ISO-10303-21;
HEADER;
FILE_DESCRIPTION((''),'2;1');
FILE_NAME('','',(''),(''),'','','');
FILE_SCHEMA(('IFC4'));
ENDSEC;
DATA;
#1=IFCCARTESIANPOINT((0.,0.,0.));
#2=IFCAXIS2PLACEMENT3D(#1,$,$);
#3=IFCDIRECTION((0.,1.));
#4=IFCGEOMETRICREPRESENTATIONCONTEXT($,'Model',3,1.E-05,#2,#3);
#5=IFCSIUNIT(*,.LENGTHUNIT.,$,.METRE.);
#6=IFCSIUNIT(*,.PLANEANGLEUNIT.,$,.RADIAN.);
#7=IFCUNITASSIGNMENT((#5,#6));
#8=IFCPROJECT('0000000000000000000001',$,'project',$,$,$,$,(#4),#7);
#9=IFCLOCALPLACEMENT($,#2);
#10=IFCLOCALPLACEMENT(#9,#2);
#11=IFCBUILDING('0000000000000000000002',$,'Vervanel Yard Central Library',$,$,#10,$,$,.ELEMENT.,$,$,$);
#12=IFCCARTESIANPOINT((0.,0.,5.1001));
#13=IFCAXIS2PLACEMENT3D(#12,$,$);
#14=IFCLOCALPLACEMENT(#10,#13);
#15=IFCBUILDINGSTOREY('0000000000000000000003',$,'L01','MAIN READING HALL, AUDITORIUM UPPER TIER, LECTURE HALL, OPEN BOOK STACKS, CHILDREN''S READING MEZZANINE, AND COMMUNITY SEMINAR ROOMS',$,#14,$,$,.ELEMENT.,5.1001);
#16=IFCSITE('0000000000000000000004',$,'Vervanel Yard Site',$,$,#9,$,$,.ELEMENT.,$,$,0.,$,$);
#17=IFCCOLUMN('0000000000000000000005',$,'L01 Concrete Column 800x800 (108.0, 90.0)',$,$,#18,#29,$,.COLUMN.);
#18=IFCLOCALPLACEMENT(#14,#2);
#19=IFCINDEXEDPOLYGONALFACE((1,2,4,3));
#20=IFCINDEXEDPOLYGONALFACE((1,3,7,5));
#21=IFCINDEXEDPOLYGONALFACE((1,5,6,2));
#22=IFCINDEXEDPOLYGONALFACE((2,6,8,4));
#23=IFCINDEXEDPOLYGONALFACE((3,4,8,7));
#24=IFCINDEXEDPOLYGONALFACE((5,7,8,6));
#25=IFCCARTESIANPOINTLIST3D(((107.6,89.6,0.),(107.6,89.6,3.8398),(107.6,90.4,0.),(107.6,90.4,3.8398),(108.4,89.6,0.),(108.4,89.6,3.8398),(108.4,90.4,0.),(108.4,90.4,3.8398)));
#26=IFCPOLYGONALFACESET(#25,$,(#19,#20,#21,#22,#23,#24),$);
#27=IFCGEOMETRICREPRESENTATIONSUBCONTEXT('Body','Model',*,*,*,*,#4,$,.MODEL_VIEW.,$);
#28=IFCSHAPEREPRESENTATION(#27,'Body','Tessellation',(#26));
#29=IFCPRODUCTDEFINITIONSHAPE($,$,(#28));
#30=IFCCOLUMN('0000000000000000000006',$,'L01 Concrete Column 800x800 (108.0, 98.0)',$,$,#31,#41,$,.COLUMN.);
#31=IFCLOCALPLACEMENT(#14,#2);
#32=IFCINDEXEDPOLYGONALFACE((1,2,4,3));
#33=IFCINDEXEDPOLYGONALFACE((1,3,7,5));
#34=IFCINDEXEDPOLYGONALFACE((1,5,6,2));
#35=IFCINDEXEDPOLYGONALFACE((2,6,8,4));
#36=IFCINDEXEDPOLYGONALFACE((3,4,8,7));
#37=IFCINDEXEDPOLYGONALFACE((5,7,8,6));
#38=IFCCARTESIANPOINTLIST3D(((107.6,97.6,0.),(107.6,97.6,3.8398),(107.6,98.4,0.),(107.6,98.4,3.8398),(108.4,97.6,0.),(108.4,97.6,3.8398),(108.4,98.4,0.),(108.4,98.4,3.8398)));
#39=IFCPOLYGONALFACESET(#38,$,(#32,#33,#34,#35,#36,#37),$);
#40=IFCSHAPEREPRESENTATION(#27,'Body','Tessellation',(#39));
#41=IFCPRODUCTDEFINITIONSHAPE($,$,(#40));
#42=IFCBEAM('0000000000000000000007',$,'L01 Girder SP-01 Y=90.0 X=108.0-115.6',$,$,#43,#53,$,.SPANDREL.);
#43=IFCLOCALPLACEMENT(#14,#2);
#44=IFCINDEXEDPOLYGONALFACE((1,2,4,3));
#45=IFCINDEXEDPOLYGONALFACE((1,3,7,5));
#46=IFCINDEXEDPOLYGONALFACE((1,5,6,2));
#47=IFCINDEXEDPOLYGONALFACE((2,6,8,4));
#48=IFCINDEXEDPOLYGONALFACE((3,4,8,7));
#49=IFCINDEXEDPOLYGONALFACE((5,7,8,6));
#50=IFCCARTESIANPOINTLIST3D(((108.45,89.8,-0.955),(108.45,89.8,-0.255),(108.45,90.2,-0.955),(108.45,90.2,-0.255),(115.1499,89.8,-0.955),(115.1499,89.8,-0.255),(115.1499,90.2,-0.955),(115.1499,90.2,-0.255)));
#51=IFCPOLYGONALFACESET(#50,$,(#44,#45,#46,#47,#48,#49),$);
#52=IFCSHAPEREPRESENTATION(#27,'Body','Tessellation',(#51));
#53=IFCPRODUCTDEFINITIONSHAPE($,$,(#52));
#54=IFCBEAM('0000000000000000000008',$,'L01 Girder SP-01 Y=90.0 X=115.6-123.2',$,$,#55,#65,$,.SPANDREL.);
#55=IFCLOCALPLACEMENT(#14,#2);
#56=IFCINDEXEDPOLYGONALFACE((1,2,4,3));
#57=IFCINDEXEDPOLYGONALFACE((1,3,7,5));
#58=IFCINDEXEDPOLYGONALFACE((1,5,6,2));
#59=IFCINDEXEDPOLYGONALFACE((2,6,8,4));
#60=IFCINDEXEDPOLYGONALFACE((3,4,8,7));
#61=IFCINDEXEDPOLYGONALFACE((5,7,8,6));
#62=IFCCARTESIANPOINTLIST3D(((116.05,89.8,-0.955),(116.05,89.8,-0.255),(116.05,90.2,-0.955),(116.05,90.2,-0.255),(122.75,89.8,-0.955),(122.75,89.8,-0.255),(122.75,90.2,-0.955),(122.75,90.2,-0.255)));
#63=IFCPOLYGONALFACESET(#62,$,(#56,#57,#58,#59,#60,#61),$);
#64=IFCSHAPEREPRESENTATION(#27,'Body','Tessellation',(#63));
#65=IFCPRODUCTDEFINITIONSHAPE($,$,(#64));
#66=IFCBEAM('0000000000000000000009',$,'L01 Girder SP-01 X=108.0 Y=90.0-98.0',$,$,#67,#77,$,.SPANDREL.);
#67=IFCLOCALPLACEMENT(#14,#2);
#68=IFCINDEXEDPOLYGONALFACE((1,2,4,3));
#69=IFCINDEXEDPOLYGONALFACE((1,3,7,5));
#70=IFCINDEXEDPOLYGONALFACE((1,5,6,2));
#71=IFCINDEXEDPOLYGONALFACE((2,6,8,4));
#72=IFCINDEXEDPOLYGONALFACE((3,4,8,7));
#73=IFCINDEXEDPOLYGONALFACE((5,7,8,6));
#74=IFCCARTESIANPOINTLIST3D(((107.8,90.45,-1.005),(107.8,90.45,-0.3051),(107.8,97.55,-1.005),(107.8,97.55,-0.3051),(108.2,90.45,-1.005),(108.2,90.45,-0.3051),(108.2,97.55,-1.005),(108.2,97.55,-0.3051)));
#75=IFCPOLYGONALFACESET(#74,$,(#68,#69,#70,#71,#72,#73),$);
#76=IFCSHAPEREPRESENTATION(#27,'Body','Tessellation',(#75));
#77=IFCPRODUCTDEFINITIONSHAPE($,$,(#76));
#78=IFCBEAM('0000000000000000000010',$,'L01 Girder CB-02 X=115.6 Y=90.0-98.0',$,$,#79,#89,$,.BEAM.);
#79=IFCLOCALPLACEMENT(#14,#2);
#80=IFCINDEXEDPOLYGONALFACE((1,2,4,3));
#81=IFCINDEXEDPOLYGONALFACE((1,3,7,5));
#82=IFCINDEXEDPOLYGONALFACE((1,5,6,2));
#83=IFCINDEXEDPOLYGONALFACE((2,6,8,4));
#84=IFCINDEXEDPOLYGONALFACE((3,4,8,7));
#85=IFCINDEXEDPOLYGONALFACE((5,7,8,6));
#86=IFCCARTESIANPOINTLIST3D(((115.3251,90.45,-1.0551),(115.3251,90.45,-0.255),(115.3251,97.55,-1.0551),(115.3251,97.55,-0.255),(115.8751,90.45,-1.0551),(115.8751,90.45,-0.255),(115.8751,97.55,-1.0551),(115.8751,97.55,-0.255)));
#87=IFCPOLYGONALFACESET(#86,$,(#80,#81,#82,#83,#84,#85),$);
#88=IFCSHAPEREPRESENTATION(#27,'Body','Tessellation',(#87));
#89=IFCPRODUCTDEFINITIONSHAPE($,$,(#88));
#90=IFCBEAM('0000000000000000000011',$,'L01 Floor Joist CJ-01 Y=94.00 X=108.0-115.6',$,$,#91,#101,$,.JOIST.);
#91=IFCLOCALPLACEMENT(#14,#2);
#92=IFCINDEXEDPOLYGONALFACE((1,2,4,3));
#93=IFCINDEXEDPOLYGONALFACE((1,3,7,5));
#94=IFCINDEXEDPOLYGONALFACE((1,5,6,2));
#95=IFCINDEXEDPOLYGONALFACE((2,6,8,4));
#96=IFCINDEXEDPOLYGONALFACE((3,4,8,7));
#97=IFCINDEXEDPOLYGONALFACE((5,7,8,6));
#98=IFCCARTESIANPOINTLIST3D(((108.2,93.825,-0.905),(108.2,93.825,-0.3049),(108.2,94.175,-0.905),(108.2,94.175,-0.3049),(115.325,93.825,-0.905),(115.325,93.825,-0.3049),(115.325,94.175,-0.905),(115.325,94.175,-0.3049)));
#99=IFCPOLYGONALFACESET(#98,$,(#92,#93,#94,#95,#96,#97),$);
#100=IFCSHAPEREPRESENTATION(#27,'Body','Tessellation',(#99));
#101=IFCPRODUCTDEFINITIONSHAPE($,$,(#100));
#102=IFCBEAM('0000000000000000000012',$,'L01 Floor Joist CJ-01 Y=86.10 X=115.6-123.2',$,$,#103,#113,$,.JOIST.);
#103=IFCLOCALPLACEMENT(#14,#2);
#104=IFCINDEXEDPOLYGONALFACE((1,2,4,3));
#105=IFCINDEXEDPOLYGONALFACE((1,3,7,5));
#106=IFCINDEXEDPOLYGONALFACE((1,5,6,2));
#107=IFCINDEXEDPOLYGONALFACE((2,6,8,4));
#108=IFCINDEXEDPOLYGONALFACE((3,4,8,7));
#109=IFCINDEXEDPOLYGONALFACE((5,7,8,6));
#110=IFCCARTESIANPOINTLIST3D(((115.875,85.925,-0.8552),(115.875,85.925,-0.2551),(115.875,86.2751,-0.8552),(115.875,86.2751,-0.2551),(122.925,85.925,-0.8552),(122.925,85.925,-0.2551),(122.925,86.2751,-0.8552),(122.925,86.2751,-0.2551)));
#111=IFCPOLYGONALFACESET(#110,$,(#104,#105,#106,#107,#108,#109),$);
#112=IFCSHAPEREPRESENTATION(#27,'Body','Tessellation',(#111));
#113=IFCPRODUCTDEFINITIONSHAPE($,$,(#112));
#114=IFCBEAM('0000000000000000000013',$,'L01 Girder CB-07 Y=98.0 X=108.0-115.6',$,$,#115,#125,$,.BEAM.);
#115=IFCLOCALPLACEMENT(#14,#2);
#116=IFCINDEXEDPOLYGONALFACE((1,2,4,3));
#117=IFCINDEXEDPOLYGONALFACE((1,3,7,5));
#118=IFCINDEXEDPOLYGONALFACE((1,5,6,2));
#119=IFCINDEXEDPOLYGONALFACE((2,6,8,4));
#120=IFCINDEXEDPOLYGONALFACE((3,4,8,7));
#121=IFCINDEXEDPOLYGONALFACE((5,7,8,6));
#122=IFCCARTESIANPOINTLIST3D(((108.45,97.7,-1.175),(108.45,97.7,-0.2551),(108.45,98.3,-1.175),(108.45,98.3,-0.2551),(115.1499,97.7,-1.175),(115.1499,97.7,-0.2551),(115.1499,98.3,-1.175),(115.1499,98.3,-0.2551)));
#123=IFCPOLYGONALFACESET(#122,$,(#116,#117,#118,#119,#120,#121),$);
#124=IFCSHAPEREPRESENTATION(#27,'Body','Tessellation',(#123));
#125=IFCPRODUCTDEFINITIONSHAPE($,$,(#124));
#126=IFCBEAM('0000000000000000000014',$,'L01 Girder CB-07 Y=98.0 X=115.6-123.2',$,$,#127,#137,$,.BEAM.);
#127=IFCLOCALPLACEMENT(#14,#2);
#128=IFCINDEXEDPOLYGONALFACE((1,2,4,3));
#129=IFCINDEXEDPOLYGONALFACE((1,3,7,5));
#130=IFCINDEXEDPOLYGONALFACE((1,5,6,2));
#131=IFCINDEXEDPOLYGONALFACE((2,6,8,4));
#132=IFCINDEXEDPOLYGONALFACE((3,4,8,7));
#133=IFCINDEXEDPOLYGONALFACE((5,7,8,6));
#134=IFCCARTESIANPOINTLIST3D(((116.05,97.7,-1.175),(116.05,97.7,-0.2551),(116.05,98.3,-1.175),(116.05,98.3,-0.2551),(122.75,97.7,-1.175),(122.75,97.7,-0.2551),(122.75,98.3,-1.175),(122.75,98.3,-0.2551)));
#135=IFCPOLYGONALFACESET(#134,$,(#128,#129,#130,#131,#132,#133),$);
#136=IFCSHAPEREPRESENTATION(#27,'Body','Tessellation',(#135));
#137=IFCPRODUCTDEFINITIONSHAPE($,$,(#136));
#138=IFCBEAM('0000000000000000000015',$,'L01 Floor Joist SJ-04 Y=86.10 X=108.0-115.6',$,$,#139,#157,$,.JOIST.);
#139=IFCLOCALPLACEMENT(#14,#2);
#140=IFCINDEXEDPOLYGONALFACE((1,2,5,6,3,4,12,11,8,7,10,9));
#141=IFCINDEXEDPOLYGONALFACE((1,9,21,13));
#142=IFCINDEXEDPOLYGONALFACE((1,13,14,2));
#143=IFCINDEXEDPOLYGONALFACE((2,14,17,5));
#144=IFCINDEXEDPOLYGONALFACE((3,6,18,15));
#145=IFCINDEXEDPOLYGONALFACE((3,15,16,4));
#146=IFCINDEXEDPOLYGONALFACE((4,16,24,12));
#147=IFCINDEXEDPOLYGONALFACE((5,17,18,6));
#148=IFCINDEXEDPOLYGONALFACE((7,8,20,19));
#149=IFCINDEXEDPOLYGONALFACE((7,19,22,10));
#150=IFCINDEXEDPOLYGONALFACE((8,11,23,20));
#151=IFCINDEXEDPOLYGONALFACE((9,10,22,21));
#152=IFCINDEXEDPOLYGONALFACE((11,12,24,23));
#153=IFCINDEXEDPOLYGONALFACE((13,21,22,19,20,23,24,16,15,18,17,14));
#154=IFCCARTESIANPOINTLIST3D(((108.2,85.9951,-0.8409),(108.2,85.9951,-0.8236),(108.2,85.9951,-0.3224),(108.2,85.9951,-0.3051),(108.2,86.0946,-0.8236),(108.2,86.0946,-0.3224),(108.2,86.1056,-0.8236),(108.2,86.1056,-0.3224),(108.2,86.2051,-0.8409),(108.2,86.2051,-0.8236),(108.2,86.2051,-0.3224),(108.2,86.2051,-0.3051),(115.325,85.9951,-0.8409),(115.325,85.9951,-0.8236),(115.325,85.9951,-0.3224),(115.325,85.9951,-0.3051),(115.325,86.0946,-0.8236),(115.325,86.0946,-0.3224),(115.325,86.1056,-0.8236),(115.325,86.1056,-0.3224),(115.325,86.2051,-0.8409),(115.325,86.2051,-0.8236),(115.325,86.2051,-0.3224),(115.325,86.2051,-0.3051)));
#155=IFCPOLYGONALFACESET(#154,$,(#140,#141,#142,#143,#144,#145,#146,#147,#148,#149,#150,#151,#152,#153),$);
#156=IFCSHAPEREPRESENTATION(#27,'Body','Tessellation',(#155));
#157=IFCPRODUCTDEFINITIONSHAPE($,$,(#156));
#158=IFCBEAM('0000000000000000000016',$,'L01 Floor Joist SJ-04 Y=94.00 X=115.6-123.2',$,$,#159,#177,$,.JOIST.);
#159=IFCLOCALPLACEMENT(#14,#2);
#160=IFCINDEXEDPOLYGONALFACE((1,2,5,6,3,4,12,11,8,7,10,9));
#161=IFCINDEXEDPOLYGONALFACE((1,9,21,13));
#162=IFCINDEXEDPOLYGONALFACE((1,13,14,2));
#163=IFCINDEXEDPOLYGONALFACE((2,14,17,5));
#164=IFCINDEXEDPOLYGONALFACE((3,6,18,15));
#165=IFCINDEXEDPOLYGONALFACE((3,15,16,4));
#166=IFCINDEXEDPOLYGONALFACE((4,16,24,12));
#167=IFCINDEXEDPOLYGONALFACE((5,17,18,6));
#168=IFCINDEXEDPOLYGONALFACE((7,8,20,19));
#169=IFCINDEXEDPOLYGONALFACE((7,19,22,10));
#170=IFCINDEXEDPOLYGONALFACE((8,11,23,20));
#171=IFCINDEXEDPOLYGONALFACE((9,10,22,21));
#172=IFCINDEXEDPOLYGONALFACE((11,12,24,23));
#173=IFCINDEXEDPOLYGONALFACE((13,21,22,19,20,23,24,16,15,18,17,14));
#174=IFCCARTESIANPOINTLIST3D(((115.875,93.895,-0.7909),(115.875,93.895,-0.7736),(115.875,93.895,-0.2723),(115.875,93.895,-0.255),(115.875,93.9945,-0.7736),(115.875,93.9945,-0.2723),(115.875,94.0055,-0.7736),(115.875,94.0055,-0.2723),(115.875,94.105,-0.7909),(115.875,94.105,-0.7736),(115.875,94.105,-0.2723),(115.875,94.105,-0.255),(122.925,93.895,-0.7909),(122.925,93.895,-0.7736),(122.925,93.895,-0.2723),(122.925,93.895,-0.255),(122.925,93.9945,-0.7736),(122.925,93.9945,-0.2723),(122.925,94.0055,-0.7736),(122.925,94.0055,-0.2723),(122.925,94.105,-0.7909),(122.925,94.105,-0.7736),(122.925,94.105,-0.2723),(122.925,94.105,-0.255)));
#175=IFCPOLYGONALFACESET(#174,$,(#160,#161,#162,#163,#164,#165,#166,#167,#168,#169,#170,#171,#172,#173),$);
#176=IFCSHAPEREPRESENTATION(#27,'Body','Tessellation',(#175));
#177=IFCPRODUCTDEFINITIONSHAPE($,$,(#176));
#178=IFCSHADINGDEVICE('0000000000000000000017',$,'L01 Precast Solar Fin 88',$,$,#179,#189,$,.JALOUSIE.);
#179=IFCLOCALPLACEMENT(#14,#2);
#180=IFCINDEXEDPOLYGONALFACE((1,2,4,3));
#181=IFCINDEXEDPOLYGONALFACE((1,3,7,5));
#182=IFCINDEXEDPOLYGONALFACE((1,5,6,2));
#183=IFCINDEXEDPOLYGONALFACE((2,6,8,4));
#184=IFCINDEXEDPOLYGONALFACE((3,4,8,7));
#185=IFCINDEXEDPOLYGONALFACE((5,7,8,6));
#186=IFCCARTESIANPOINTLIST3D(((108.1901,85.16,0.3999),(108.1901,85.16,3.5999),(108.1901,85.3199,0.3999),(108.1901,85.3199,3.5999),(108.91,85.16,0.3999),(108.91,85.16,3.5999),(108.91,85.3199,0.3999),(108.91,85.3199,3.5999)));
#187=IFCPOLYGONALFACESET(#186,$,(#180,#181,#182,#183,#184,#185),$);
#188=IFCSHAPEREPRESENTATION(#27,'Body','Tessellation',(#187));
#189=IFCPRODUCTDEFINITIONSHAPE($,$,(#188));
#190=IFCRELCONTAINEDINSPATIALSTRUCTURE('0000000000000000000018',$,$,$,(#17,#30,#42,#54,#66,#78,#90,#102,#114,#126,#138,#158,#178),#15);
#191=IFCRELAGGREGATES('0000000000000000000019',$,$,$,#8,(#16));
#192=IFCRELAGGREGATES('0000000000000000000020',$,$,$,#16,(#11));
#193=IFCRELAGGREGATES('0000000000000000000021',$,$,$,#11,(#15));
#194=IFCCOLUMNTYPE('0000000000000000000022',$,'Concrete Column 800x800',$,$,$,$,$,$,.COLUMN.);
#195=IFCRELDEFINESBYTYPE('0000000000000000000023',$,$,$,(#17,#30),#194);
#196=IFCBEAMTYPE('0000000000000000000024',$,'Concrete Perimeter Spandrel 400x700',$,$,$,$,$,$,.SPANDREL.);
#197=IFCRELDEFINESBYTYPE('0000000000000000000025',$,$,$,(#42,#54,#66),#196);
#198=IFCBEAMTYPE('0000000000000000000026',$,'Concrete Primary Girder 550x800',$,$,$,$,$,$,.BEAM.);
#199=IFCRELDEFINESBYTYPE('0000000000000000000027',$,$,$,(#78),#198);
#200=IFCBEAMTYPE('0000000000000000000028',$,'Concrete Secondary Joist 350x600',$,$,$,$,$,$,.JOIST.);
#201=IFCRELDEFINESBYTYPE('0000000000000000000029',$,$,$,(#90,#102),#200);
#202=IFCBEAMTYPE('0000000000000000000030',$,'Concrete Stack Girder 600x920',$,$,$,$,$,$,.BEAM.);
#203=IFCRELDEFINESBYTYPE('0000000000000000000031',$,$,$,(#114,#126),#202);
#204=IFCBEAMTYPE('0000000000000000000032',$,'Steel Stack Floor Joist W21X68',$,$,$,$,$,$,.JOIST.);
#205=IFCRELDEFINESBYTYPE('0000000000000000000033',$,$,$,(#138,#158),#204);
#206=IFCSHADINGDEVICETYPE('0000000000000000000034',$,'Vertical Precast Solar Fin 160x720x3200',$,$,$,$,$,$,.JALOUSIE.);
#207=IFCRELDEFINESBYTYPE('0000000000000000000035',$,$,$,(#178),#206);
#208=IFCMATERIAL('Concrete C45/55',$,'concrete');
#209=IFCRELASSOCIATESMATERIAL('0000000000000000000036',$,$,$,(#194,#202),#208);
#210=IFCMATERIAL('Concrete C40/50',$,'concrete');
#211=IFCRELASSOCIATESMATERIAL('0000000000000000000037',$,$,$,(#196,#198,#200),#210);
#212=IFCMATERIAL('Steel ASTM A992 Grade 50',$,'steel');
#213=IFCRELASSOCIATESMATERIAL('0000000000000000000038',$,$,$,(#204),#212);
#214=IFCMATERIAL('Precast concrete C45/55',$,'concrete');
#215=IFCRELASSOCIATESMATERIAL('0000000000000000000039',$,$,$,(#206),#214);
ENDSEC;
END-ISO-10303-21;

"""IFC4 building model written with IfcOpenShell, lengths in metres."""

from ifc_helpers import new_model, si_unit, direction, frame, origin, origin_2d, place, context, subcontext, project, spatial, rectangle, i_section, extrude, material, material_profile, profile_set, type_object, element, save


model = new_model("IFC4")

# Units and contexts
model_context = context("Model", 3, precision=1e-05, world=origin(), true_north=direction((0.0, 1.0)))
body_context = subcontext(model_context, "Body", "Model", "MODEL_VIEW")
ifc_project = project(units=[si_unit("LENGTHUNIT", "METRE"), si_unit("PLANEANGLEUNIT", "RADIAN")], contexts=[model_context])

# Site, building, storey
site_placement = place(None, origin())
site = spatial("IfcSite", under=ifc_project, at=site_placement, Name="Vervanel Yard Site", CompositionType="ELEMENT", RefElevation=0.0)
building_placement = place(site_placement, origin())
building = spatial("IfcBuilding", under=site, at=building_placement, Name="Vervanel Yard Central Library", CompositionType="ELEMENT")
storey_placement = place(building_placement, frame((0.0, 0.0, 5.1001)))
storey = spatial("IfcBuildingStorey", under=building, at=storey_placement, Name="L01", Description="MAIN READING HALL, AUDITORIUM UPPER TIER, LECTURE HALL, OPEN BOOK STACKS, CHILDREN'S READING MEZZANINE, AND COMMUNITY SEMINAR ROOMS", CompositionType="ELEMENT", Elevation=5.1001)

# Columns
ifc_material_1 = material(Name="Concrete C45/55", Category="concrete")
ifc_material_profile_1 = material_profile(ifc_material_1, rectangle(XDim=0.8, YDim=0.8, at=origin_2d()), Name="RC 800x800", Category="concrete")
ifc_profile_set_1 = profile_set([ifc_material_profile_1], Name="Concrete C45/55")
column_type = type_object("IfcColumnType", Name="Concrete Column 800x800", PredefinedType="COLUMN", material=ifc_profile_set_1)
for number, where, z_axis, x_axis, name in (
    (1, (108.0, 90.0, 0.0), (0.0, 0.0, 1.0), (1.0, 0.0, 0.0), "L01 Concrete Column 800x800 (108.0, 90.0)"),
    (2, (108.0, 98.0, 0.0), (0.0, 0.0, 1.0), (1.0, 0.0, 0.0), "L01 Concrete Column 800x800 (108.0, 98.0)"),
):
    element("IfcColumn", number, at=place(storey_placement, frame(where, z_axis=z_axis, x_axis=x_axis)), inside=storey, type_object=column_type, Name=name, PredefinedType="COLUMN", context=body_context, shape_type="SweptSolid", body=[
        extrude(rectangle(XDim=0.8, YDim=0.8, at=origin_2d()), origin(), (0.0, 0.0, 1.0), 3.8398),
    ])

# Beams
ifc_material_2 = material(Name="Concrete C40/50", Category="concrete")
ifc_material_profile_2 = material_profile(ifc_material_2, rectangle(XDim=0.3999, YDim=0.7, at=origin_2d()), Name="RC 400x700", Category="concrete")
ifc_profile_set_2 = profile_set([ifc_material_profile_2], Name="Concrete C40/50")
beam_type_1 = type_object("IfcBeamType", Name="Concrete Perimeter Spandrel 400x700", PredefinedType="SPANDREL", material=ifc_profile_set_2)
for number, where, z_axis, x_axis, name in (
    (3, (108.45, 90.0, -0.605), (1.0, 0.0, 0.0), (0.0, 1.0, 0.0), "L01 Girder SP-01 Y=90.0 X=108.0-115.6"),
    (4, (116.05, 90.0, -0.605), (1.0, 0.0, 0.0), (0.0, 1.0, 0.0), "L01 Girder SP-01 Y=90.0 X=115.6-123.2"),
):
    element("IfcBeam", number, at=place(storey_placement, frame(where, z_axis=z_axis, x_axis=x_axis)), inside=storey, type_object=beam_type_1, Name=name, PredefinedType="SPANDREL", context=body_context, shape_type="SweptSolid", body=[
        extrude(rectangle(XDim=0.3999, YDim=0.7, at=origin_2d()), origin(), (0.0, 0.0, 1.0), 6.7),
    ])
beam_1_placement = place(storey_placement, frame((108.0, 90.45, -0.655), z_axis=(0.0, 1.0, 0.0), x_axis=(-1.0, 0.0, 0.0)))
element("IfcBeam", 5, at=beam_1_placement, inside=storey, type_object=beam_type_1, Name="L01 Girder SP-01 X=108.0 Y=90.0-98.0", PredefinedType="SPANDREL", context=body_context, shape_type="SweptSolid", body=[
    extrude(rectangle(XDim=0.3999, YDim=0.7, at=origin_2d()), origin(), (0.0, 0.0, 1.0), 7.1001),
])
ifc_material_profile_3 = material_profile(ifc_material_2, rectangle(XDim=0.55, YDim=0.8, at=origin_2d()), Name="RC 550x800", Category="concrete")
ifc_profile_set_3 = profile_set([ifc_material_profile_3], Name="Concrete C40/50")
beam_type_2 = type_object("IfcBeamType", Name="Concrete Primary Girder 550x800", PredefinedType="BEAM", material=ifc_profile_set_3)
beam_2_placement = place(storey_placement, frame((115.6001, 90.45, -0.655), z_axis=(0.0, 1.0, 0.0), x_axis=(-1.0, 0.0, 0.0)))
element("IfcBeam", 6, at=beam_2_placement, inside=storey, type_object=beam_type_2, Name="L01 Girder CB-02 X=115.6 Y=90.0-98.0", PredefinedType="BEAM", context=body_context, shape_type="SweptSolid", body=[
    extrude(rectangle(XDim=0.55, YDim=0.8, at=origin_2d()), origin(), (0.0, 0.0, 1.0), 7.1001),
])
ifc_material_profile_4 = material_profile(ifc_material_2, rectangle(XDim=0.3501, YDim=0.6001, at=origin_2d()), Name="RC 350x600", Category="concrete")
ifc_profile_set_4 = profile_set([ifc_material_profile_4], Name="Concrete C40/50")
beam_type_3 = type_object("IfcBeamType", Name="Concrete Secondary Joist 350x600", PredefinedType="JOIST", material=ifc_profile_set_4)
beam_3_placement = place(storey_placement, frame((108.2, 94.0, -0.605), z_axis=(1.0, 0.0, 0.0), x_axis=(0.0, 1.0, 0.0)))
element("IfcBeam", 7, at=beam_3_placement, inside=storey, type_object=beam_type_3, Name="L01 Floor Joist CJ-01 Y=94.00 X=108.0-115.6", PredefinedType="JOIST", context=body_context, shape_type="SweptSolid", body=[
    extrude(rectangle(XDim=0.3501, YDim=0.6001, at=origin_2d()), origin(), (0.0, 0.0, 1.0), 7.125),
])
beam_4_placement = place(storey_placement, frame((115.875, 86.1001, -0.5552), z_axis=(1.0, 0.0, 0.0), x_axis=(0.0, 1.0, 0.0)))
element("IfcBeam", 8, at=beam_4_placement, inside=storey, type_object=beam_type_3, Name="L01 Floor Joist CJ-01 Y=86.10 X=115.6-123.2", PredefinedType="JOIST", context=body_context, shape_type="SweptSolid", body=[
    extrude(rectangle(XDim=0.3501, YDim=0.6001, at=origin_2d()), origin(), (0.0, 0.0, 1.0), 7.05),
])
ifc_material_profile_5 = material_profile(ifc_material_1, rectangle(XDim=0.6001, YDim=0.9199, at=origin_2d()), Name="RC 600x920", Category="concrete")
ifc_profile_set_5 = profile_set([ifc_material_profile_5], Name="Concrete C45/55")
beam_type_4 = type_object("IfcBeamType", Name="Concrete Stack Girder 600x920", PredefinedType="BEAM", material=ifc_profile_set_5)
for number, where, z_axis, x_axis, name in (
    (9, (108.45, 98.0, -0.7151), (1.0, 0.0, 0.0), (0.0, 1.0, 0.0), "L01 Girder CB-07 Y=98.0 X=108.0-115.6"),
    (10, (116.05, 98.0, -0.7151), (1.0, 0.0, 0.0), (0.0, 1.0, 0.0), "L01 Girder CB-07 Y=98.0 X=115.6-123.2"),
):
    element("IfcBeam", number, at=place(storey_placement, frame(where, z_axis=z_axis, x_axis=x_axis)), inside=storey, type_object=beam_type_4, Name=name, PredefinedType="BEAM", context=body_context, shape_type="SweptSolid", body=[
        extrude(rectangle(XDim=0.6001, YDim=0.9199, at=origin_2d()), origin(), (0.0, 0.0, 1.0), 6.7),
    ])
ifc_material_3 = material(Name="Steel ASTM A992 Grade 50", Category="steel")
ifc_material_profile_6 = material_profile(ifc_material_3, i_section(OverallWidth=0.21, OverallDepth=0.5359, WebThickness=0.011, FlangeThickness=0.0173, at=origin_2d()), Name="W21X68", Category="steel")
ifc_profile_set_6 = profile_set([ifc_material_profile_6], Name="Steel ASTM A992 Grade 50")
beam_type_5 = type_object("IfcBeamType", Name="Steel Stack Floor Joist W21X68", PredefinedType="JOIST", material=ifc_profile_set_6)
beam_5_placement = place(storey_placement, frame((108.2, 86.1001, -0.573), z_axis=(1.0, 0.0, 0.0), x_axis=(0.0, 1.0, 0.0)))
element("IfcBeam", 11, at=beam_5_placement, inside=storey, type_object=beam_type_5, Name="L01 Floor Joist SJ-04 Y=86.10 X=108.0-115.6", PredefinedType="JOIST", context=body_context, shape_type="SweptSolid", body=[
    extrude(i_section(OverallWidth=0.21, OverallDepth=0.5359, WebThickness=0.011, FlangeThickness=0.0173, at=origin_2d()), origin(), (0.0, 0.0, 1.0), 7.125),
])
beam_6_placement = place(storey_placement, frame((115.875, 94.0, -0.5229), z_axis=(1.0, 0.0, 0.0), x_axis=(0.0, 1.0, 0.0)))
element("IfcBeam", 12, at=beam_6_placement, inside=storey, type_object=beam_type_5, Name="L01 Floor Joist SJ-04 Y=94.00 X=115.6-123.2", PredefinedType="JOIST", context=body_context, shape_type="SweptSolid", body=[
    extrude(i_section(OverallWidth=0.21, OverallDepth=0.5359, WebThickness=0.011, FlangeThickness=0.0173, at=origin_2d()), origin(), (0.0, 0.0, 1.0), 7.05),
])

# Shading device
ifc_material_4 = material(Name="Precast concrete C45/55", Category="concrete")
shading_device_type = type_object("IfcShadingDeviceType", Name="Vertical Precast Solar Fin 160x720x3200", PredefinedType="JALOUSIE", material=ifc_material_4)
for number, where, z_axis, x_axis, name in (
    (13, (108.55, 85.24, 0.3999), (0.0, 0.0, 1.0), (0.0, 1.0, 0.0), "L01 Precast Solar Fin 88"),
):
    element("IfcShadingDevice", number, at=place(storey_placement, frame(where, z_axis=z_axis, x_axis=x_axis)), inside=storey, type_object=shading_device_type, Name=name, PredefinedType="JALOUSIE", context=body_context, shape_type="SweptSolid", body=[
        extrude(rectangle(XDim=0.1599, YDim=0.72, at=origin_2d()), origin(), (0.0, 0.0, 1.0), 3.2),
    ])

save(model, "model.ifc")
